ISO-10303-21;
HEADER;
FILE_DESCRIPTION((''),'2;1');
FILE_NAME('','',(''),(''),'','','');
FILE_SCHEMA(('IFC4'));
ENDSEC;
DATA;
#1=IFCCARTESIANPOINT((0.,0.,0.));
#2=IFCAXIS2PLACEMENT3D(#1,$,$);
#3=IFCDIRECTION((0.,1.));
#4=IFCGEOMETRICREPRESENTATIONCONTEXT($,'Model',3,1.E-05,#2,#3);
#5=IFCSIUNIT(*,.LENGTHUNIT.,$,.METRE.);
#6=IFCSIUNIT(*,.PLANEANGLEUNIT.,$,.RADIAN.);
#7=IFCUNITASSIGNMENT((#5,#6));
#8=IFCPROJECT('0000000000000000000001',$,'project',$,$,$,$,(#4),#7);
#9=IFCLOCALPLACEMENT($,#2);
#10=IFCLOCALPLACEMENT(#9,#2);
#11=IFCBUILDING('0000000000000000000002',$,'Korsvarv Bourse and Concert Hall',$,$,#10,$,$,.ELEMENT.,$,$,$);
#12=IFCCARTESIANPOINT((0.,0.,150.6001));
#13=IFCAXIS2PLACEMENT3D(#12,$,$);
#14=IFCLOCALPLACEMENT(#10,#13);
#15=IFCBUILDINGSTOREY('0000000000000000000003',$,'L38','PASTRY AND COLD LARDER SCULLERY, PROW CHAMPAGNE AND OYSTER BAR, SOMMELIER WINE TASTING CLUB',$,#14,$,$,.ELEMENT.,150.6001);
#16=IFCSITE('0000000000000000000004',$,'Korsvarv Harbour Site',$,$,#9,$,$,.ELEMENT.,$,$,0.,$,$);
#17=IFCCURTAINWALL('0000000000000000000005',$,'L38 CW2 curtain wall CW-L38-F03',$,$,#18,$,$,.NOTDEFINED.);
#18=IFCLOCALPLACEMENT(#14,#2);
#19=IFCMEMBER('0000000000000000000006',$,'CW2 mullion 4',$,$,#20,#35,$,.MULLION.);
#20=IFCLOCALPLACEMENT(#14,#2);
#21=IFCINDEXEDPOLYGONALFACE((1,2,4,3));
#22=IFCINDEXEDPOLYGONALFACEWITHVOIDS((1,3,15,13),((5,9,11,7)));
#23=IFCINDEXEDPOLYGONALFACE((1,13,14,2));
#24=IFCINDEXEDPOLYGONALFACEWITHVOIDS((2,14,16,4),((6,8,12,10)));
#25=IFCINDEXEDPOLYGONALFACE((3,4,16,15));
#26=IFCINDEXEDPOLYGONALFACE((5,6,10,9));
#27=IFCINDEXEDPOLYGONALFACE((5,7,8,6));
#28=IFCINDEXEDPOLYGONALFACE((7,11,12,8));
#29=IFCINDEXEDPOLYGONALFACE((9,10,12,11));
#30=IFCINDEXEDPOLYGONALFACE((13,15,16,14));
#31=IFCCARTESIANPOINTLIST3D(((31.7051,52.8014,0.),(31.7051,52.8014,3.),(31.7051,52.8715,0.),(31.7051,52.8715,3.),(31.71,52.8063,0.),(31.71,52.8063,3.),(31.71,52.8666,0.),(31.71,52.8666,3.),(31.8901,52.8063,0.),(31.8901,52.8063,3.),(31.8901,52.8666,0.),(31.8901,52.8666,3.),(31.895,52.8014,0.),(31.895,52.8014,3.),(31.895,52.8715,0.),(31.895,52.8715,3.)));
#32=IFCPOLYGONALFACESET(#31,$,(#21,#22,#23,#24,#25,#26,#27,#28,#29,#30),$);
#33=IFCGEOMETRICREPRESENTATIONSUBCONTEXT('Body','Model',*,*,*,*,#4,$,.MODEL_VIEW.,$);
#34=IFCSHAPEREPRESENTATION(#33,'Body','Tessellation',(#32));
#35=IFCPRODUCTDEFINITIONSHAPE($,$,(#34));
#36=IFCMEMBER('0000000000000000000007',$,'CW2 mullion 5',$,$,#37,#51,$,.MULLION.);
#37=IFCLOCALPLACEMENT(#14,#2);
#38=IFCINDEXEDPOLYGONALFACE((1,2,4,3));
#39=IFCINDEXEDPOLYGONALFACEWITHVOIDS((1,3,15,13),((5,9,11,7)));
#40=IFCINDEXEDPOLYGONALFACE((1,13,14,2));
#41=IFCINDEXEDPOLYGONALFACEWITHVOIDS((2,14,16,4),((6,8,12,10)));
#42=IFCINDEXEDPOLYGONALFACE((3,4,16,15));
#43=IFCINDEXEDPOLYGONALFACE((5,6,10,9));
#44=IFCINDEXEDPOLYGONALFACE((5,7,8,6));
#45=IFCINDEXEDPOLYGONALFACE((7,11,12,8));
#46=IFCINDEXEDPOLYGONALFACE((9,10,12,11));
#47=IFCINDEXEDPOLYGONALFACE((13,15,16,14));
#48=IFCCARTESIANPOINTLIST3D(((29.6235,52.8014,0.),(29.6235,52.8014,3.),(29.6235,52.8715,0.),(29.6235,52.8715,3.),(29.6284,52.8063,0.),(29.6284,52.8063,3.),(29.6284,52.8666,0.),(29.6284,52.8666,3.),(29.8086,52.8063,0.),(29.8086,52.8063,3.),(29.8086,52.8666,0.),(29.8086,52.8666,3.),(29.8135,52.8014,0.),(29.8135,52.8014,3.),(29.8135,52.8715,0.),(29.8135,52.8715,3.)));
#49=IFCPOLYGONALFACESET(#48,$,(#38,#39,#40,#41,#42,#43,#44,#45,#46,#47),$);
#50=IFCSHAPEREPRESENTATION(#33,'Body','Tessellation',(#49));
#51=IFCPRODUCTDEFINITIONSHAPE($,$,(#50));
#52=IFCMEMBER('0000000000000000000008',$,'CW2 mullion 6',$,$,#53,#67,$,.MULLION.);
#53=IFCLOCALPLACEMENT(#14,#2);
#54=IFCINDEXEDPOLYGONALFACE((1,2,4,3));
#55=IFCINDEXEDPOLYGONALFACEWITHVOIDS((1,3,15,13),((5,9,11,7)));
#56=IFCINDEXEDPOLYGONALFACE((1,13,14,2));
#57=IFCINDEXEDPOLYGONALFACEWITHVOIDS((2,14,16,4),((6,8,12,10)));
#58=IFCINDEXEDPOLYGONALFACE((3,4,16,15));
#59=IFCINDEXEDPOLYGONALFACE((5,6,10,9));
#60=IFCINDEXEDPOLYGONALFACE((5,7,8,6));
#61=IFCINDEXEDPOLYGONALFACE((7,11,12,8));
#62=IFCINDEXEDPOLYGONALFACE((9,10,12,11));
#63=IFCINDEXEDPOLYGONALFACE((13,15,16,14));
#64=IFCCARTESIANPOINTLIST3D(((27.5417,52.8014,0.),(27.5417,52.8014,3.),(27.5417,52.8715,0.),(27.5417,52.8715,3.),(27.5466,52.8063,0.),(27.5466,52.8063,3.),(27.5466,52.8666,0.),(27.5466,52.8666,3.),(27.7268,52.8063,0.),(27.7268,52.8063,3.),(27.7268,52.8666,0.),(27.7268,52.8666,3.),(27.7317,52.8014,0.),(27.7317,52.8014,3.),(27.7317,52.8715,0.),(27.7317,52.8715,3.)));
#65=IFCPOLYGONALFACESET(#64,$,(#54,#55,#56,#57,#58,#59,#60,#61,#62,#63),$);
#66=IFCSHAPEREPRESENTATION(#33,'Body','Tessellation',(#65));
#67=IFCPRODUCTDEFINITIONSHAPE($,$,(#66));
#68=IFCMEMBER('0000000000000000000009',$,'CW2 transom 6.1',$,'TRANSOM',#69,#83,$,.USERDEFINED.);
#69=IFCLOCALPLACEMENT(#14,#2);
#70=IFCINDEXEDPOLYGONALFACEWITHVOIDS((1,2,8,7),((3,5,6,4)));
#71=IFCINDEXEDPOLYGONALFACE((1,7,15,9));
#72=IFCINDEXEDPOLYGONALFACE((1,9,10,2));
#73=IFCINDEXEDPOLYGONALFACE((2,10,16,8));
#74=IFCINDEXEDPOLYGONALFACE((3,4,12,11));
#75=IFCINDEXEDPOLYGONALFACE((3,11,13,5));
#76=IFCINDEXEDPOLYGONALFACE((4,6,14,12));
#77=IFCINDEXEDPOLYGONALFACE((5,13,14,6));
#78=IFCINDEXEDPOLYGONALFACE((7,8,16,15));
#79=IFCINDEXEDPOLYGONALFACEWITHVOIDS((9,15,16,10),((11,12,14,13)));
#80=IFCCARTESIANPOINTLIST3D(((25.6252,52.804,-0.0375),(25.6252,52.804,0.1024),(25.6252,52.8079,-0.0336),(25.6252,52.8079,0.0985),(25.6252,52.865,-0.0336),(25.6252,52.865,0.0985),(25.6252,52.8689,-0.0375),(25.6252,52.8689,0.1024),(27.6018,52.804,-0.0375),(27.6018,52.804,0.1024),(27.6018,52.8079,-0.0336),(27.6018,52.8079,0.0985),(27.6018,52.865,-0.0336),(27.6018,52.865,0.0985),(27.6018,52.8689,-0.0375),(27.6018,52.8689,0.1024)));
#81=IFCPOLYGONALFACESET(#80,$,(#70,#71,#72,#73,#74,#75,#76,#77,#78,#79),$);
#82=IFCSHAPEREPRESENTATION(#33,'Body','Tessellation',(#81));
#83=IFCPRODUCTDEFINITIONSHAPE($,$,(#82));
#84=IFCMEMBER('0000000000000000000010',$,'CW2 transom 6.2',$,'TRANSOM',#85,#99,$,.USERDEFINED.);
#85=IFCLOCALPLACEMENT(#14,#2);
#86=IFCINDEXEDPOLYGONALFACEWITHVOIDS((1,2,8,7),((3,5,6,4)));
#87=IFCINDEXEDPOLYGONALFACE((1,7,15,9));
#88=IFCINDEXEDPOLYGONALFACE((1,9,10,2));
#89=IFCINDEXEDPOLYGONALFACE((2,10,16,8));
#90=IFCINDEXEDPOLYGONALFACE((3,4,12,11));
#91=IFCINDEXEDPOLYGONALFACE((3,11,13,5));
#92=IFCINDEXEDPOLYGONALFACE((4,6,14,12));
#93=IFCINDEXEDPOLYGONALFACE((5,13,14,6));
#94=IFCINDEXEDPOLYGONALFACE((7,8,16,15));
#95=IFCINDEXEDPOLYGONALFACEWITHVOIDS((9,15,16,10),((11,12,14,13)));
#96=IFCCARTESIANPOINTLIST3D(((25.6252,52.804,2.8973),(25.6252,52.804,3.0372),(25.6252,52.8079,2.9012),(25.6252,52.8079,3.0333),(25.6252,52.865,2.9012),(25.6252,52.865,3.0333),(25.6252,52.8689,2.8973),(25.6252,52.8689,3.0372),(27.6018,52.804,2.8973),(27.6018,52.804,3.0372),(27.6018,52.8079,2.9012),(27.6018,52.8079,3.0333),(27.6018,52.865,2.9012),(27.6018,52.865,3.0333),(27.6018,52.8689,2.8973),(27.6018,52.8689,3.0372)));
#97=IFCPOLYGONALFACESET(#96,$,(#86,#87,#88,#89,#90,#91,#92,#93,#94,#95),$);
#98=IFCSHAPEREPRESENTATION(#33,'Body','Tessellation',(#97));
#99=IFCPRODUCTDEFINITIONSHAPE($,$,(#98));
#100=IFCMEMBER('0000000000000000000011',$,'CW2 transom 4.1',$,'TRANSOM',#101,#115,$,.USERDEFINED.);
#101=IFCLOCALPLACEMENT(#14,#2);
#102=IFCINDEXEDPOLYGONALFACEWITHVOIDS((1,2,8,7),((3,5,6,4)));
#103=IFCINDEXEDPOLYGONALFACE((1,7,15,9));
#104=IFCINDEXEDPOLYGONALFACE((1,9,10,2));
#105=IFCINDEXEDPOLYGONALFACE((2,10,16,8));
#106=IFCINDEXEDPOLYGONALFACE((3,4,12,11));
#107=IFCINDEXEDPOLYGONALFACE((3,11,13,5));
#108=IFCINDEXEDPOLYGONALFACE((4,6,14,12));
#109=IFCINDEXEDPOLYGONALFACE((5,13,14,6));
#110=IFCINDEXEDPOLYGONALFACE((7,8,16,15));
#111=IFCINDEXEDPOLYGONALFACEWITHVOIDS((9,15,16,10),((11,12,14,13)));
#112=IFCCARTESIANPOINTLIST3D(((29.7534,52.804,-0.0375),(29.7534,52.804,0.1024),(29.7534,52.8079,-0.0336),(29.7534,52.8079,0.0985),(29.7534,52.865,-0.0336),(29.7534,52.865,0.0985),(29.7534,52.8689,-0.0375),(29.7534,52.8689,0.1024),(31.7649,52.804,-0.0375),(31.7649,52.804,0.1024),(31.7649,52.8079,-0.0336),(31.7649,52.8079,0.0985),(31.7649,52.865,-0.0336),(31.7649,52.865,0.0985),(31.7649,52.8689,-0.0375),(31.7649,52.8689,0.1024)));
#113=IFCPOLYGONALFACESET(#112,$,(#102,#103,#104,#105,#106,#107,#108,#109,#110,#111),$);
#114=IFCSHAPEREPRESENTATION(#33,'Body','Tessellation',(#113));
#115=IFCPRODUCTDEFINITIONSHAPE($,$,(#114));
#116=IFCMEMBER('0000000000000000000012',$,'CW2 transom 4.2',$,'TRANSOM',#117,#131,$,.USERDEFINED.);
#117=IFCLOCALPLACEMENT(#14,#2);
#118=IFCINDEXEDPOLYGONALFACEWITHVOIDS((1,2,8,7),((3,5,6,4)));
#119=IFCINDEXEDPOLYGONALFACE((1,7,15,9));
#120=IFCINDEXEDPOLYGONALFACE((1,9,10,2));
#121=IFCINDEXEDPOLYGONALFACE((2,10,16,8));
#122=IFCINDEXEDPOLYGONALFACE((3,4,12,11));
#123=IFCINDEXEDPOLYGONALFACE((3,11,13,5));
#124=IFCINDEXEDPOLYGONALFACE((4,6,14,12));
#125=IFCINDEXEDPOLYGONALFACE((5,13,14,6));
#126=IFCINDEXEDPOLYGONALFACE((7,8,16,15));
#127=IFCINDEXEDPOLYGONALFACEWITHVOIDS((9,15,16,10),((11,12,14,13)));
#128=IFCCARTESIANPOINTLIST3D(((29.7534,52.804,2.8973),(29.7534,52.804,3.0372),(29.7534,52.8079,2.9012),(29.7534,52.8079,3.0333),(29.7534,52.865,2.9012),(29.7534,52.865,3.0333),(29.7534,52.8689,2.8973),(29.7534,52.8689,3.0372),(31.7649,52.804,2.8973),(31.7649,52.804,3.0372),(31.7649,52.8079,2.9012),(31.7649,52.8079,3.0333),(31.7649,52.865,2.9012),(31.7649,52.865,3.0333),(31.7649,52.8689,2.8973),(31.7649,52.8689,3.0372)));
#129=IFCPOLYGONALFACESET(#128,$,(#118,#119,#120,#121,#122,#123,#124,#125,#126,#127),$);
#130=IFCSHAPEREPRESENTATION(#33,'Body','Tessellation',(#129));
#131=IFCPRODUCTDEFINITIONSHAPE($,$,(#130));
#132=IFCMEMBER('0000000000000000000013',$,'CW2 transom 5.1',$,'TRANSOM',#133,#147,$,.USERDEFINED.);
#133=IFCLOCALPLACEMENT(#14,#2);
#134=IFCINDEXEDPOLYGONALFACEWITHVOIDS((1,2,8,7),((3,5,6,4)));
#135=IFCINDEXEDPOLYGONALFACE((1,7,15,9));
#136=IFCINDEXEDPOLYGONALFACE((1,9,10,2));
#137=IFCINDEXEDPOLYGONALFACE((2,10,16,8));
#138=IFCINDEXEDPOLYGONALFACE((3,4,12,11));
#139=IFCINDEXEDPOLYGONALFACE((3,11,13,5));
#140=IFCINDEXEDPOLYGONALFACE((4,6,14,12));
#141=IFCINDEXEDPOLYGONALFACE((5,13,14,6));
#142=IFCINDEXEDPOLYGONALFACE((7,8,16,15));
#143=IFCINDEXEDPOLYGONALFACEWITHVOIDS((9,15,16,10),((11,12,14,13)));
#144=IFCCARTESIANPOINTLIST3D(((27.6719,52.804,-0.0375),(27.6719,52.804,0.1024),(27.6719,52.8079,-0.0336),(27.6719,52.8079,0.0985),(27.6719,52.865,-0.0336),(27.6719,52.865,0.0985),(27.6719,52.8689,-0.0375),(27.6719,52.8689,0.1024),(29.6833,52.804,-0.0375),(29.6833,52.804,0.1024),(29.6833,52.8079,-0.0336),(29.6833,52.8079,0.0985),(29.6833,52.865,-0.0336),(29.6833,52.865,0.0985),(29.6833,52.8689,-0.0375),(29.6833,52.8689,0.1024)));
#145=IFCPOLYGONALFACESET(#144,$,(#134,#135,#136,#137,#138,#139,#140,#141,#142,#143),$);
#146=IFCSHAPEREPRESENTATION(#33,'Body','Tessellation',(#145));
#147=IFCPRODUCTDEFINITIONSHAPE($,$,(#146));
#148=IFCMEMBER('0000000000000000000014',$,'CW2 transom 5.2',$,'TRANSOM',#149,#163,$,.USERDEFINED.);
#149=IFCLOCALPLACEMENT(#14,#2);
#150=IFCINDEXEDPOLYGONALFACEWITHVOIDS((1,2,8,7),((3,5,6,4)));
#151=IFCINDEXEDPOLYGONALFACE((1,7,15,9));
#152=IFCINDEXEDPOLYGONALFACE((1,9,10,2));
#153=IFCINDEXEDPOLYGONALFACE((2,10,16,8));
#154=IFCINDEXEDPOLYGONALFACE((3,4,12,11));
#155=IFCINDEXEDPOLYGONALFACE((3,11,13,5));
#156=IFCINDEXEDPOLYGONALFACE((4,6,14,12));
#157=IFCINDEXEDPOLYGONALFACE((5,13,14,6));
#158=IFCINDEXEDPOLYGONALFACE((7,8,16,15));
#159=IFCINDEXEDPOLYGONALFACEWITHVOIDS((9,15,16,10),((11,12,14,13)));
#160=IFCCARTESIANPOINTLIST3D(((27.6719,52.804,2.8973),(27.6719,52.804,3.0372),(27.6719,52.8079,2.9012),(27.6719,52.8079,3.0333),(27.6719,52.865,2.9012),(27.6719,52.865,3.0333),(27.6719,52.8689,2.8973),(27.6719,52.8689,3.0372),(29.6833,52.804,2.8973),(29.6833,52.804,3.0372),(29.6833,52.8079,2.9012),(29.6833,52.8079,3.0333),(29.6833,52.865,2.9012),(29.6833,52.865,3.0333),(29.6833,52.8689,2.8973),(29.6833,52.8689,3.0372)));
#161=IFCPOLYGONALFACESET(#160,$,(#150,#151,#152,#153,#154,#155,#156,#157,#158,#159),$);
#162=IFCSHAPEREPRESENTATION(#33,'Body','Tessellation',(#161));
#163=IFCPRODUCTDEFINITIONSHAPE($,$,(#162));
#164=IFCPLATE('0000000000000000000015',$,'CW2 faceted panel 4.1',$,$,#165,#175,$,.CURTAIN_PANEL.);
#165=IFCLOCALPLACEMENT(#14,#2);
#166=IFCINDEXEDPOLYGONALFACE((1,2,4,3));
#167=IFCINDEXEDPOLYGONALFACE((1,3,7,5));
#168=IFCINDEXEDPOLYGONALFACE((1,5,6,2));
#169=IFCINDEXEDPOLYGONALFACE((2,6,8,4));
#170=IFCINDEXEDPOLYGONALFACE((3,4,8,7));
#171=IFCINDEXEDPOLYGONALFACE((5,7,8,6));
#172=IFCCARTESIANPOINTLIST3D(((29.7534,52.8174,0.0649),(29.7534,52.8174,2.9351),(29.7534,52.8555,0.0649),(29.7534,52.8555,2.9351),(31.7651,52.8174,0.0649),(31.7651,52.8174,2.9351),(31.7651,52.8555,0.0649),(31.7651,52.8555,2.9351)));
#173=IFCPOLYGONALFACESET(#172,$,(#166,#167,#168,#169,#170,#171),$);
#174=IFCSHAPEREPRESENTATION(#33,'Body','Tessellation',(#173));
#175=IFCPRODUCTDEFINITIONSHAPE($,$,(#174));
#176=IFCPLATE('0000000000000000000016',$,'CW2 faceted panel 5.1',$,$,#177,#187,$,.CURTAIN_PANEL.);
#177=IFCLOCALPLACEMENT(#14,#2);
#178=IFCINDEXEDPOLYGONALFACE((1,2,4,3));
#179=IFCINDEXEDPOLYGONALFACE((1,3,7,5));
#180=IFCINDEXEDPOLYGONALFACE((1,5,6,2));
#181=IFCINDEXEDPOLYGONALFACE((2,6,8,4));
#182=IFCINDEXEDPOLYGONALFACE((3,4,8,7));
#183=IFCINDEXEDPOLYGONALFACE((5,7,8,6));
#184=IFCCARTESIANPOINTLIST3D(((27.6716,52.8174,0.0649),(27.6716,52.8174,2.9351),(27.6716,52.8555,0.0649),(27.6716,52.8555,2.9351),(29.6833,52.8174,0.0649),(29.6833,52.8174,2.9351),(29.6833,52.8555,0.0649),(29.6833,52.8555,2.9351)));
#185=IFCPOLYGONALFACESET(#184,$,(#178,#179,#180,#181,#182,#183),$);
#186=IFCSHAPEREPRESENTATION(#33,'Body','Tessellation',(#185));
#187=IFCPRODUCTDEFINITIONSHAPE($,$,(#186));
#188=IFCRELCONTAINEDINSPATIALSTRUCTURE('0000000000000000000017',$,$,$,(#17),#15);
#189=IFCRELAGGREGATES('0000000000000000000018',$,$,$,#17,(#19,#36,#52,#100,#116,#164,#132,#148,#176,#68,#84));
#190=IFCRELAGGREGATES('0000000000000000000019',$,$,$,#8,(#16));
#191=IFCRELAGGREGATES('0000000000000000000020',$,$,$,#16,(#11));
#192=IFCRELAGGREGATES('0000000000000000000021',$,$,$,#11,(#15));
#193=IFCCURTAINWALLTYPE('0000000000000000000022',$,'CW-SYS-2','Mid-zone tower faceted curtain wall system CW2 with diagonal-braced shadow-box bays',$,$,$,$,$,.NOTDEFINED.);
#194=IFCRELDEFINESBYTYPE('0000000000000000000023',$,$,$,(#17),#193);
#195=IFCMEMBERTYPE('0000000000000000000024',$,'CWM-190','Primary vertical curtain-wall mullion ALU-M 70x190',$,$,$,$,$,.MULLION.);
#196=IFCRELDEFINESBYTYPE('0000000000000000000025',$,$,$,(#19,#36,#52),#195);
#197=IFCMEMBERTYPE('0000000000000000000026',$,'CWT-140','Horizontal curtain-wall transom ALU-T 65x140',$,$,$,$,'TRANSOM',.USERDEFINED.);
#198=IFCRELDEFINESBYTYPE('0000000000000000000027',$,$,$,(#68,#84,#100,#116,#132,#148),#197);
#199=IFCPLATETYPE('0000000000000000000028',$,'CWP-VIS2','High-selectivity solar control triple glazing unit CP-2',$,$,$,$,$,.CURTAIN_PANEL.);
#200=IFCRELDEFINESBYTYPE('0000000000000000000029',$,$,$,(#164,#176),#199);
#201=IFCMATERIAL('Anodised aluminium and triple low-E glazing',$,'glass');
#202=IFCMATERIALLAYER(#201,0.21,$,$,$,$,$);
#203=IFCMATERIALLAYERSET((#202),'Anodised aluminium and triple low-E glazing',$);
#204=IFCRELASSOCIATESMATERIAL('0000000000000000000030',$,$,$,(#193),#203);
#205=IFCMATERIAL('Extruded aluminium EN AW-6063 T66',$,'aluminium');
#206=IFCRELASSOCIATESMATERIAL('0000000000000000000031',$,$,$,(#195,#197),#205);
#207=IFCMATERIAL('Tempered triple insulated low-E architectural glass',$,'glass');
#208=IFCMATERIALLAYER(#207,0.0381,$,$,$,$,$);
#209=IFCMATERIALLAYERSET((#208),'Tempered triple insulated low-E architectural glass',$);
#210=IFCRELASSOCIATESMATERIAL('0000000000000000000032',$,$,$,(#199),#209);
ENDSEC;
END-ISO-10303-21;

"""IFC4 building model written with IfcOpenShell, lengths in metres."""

from ifc_helpers import new_model, si_unit, direction, frame, origin, origin_2d, place, context, subcontext, project, spatial, rectangle, hollow_rectangle, extrude, source, transform, mapped, material, layer, layer_set, material_profile, profile_set, type_object, element, aggregate, save


model = new_model("IFC4")

# Units and contexts
model_context = context("Model", 3, precision=1e-05, world=origin(), true_north=direction((0.0, 1.0)))
body_context = subcontext(model_context, "Body", "Model", "MODEL_VIEW")
ifc_project = project(units=[si_unit("LENGTHUNIT", "METRE"), si_unit("PLANEANGLEUNIT", "RADIAN")], contexts=[model_context])

# Site, building, storey
site_placement = place(None, origin())
site = spatial("IfcSite", under=ifc_project, at=site_placement, Name="Korsvarv Harbour Site", CompositionType="ELEMENT", RefElevation=0.0)
building_placement = place(site_placement, origin())
building = spatial("IfcBuilding", under=site, at=building_placement, Name="Korsvarv Bourse and Concert Hall", CompositionType="ELEMENT")
storey_placement = place(building_placement, frame((0.0, 0.0, 150.6001)))
storey = spatial("IfcBuildingStorey", under=building, at=storey_placement, Name="L38", Description="PASTRY AND COLD LARDER SCULLERY, PROW CHAMPAGNE AND OYSTER BAR, SOMMELIER WINE TASTING CLUB", CompositionType="ELEMENT", Elevation=150.6001)

# Curtain wall, members, plates
ifc_material_1 = material(Name="Anodised aluminium and triple low-E glazing", Category="glass")
ifc_layer_1 = layer(ifc_material_1, 0.21)
ifc_layer_set_1 = layer_set([ifc_layer_1], Name="Anodised aluminium and triple low-E glazing")
curtain_wall_type = type_object("IfcCurtainWallType", Name="CW-SYS-2", Description="Mid-zone tower faceted curtain wall system CW2 with diagonal-braced shadow-box bays", PredefinedType="NOTDEFINED", material=ifc_layer_set_1)
curtain_wall_placement = place(storey_placement, origin())
curtain_wall = element("IfcCurtainWall", 1, at=curtain_wall_placement, inside=storey, type_object=curtain_wall_type, Name="L38 CW2 curtain wall CW-L38-F03", PredefinedType="NOTDEFINED")
ifc_material_2 = material(Name="Extruded aluminium EN AW-6063 T66", Category="aluminium")
ifc_material_profile_1 = material_profile(ifc_material_2, hollow_rectangle(XDim=0.0701, YDim=0.1899, WallThickness=0.0049, at=origin_2d()), Name="ALU-M 70x190")
ifc_profile_set_1 = profile_set([ifc_material_profile_1], Name="Extruded aluminium EN AW-6063 T66")
member_type_1 = type_object("IfcMemberType", Name="CWM-190", Description="Primary vertical curtain-wall mullion ALU-M 70x190", PredefinedType="MULLION", material=ifc_profile_set_1)
shared_shape_1 = source(origin(), body_context, "Body", "SweptSolid", [
    extrude(hollow_rectangle(XDim=0.0701, YDim=0.1899, WallThickness=0.0049, at=origin_2d()), origin(), (0.0, 0.0, 1.0), 3.0),
])
member_1_placement = place(storey_placement, frame((31.8, 52.8364, 0.0), z_axis=(0.0, 0.0, 1.0), x_axis=(0.0, -1.0, 0.0)))
member_1 = element("IfcMember", 2, at=member_1_placement, type_object=member_type_1, Name="CW2 mullion 4", PredefinedType="MULLION", context=body_context, shape_type="MappedRepresentation", body=[
    mapped(shared_shape_1, transform((0.0, 0.0, 0.0), scale=1.0)),
])
member_2_placement = place(storey_placement, frame((29.7185, 52.8364, 0.0), z_axis=(0.0, 0.0, 1.0), x_axis=(0.0, -1.0, 0.0)))
member_2 = element("IfcMember", 3, at=member_2_placement, type_object=member_type_1, Name="CW2 mullion 5", PredefinedType="MULLION", context=body_context, shape_type="MappedRepresentation", body=[
    mapped(shared_shape_1, transform((0.0, 0.0, 0.0), scale=1.0)),
])
member_3_placement = place(storey_placement, frame((27.6367, 52.8364, 0.0), z_axis=(0.0, 0.0, 1.0), x_axis=(0.0, -1.0, 0.0)))
member_3 = element("IfcMember", 4, at=member_3_placement, type_object=member_type_1, Name="CW2 mullion 6", PredefinedType="MULLION", context=body_context, shape_type="MappedRepresentation", body=[
    mapped(shared_shape_1, transform((0.0, 0.0, 0.0), scale=1.0)),
])
ifc_material_profile_2 = material_profile(ifc_material_2, hollow_rectangle(XDim=0.0649, YDim=0.1399, WallThickness=0.0039, at=origin_2d()), Name="ALU-T 65x140")
ifc_profile_set_2 = profile_set([ifc_material_profile_2], Name="Extruded aluminium EN AW-6063 T66")
member_type_2 = type_object("IfcMemberType", Name="CWT-140", Description="Horizontal curtain-wall transom ALU-T 65x140", ElementType="TRANSOM", PredefinedType="USERDEFINED", material=ifc_profile_set_2)
shared_shape_2 = source(origin(), body_context, "Body", "SweptSolid", [
    extrude(hollow_rectangle(XDim=0.0649, YDim=0.1399, WallThickness=0.0039, at=origin_2d()), origin(), (0.0, 0.0, 1.0), 1.9766),
])
member_4_placement = place(storey_placement, frame((27.6018, 52.8364, 0.0325), z_axis=(-1.0, 0.0, 0.0), x_axis=(0.0, -1.0, 0.0)))
member_4 = element("IfcMember", 5, at=member_4_placement, type_object=member_type_2, Name="CW2 transom 6.1", ObjectType="TRANSOM", PredefinedType="USERDEFINED", context=body_context, shape_type="MappedRepresentation", body=[
    mapped(shared_shape_2, transform((0.0, 0.0, 0.0), scale=1.0)),
])
member_5_placement = place(storey_placement, frame((27.6018, 52.8364, 2.9673), z_axis=(-1.0, 0.0, 0.0), x_axis=(0.0, -1.0, 0.0)))
member_5 = element("IfcMember", 6, at=member_5_placement, type_object=member_type_2, Name="CW2 transom 6.2", ObjectType="TRANSOM", PredefinedType="USERDEFINED", context=body_context, shape_type="MappedRepresentation", body=[
    mapped(shared_shape_2, transform((0.0, 0.0, 0.0), scale=1.0)),
])
shared_shape_3 = source(origin(), body_context, "Body", "SweptSolid", [
    extrude(hollow_rectangle(XDim=0.0649, YDim=0.1399, WallThickness=0.0039, at=origin_2d()), origin(), (0.0, 0.0, 1.0), 2.0115),
])
member_6_placement = place(storey_placement, frame((31.7649, 52.8364, 0.0325), z_axis=(-1.0, 0.0, 0.0), x_axis=(0.0, -1.0, 0.0)))
member_6 = element("IfcMember", 7, at=member_6_placement, type_object=member_type_2, Name="CW2 transom 4.1", ObjectType="TRANSOM", PredefinedType="USERDEFINED", context=body_context, shape_type="MappedRepresentation", body=[
    mapped(shared_shape_3, transform((0.0, 0.0, 0.0), scale=1.0)),
])
member_7_placement = place(storey_placement, frame((31.7649, 52.8364, 2.9673), z_axis=(-1.0, 0.0, 0.0), x_axis=(0.0, -1.0, 0.0)))
member_7 = element("IfcMember", 8, at=member_7_placement, type_object=member_type_2, Name="CW2 transom 4.2", ObjectType="TRANSOM", PredefinedType="USERDEFINED", context=body_context, shape_type="MappedRepresentation", body=[
    mapped(shared_shape_3, transform((0.0, 0.0, 0.0), scale=1.0)),
])
member_8_placement = place(storey_placement, frame((29.6833, 52.8364, 0.0325), z_axis=(-1.0, 0.0, 0.0), x_axis=(0.0, -1.0, 0.0)))
member_8 = element("IfcMember", 9, at=member_8_placement, type_object=member_type_2, Name="CW2 transom 5.1", ObjectType="TRANSOM", PredefinedType="USERDEFINED", context=body_context, shape_type="MappedRepresentation", body=[
    mapped(shared_shape_3, transform((0.0, 0.0, 0.0), scale=1.0)),
])
member_9_placement = place(storey_placement, frame((29.6833, 52.8364, 2.9673), z_axis=(-1.0, 0.0, 0.0), x_axis=(0.0, -1.0, 0.0)))
member_9 = element("IfcMember", 10, at=member_9_placement, type_object=member_type_2, Name="CW2 transom 5.2", ObjectType="TRANSOM", PredefinedType="USERDEFINED", context=body_context, shape_type="MappedRepresentation", body=[
    mapped(shared_shape_3, transform((0.0, 0.0, 0.0), scale=1.0)),
])
ifc_material_3 = material(Name="Tempered triple insulated low-E architectural glass", Category="glass")
ifc_layer_2 = layer(ifc_material_3, 0.0381)
ifc_layer_set_2 = layer_set([ifc_layer_2], Name="Tempered triple insulated low-E architectural glass")
plate_type = type_object("IfcPlateType", Name="CWP-VIS2", Description="High-selectivity solar control triple glazing unit CP-2", PredefinedType="CURTAIN_PANEL", material=ifc_layer_set_2)
shared_shape_4 = source(origin(), body_context, "Body", "SweptSolid", [
    extrude(rectangle(XDim=2.0117, YDim=0.0381, at=origin_2d()), origin(), (0.0, 0.0, 1.0), 2.8701),
])
plate_1_placement = place(storey_placement, frame((30.7593, 52.8364, 0.0649), z_axis=(0.0, 0.0, 1.0), x_axis=(-1.0, 0.0, 0.0)))
plate_1 = element("IfcPlate", 11, at=plate_1_placement, type_object=plate_type, Name="CW2 faceted panel 4.1", PredefinedType="CURTAIN_PANEL", context=body_context, shape_type="MappedRepresentation", body=[
    mapped(shared_shape_4, transform((0.0, 0.0, 0.0), scale=1.0)),
])
plate_2_placement = place(storey_placement, frame((28.6775, 52.8364, 0.0649), z_axis=(0.0, 0.0, 1.0), x_axis=(-1.0, 0.0, 0.0)))
plate_2 = element("IfcPlate", 12, at=plate_2_placement, type_object=plate_type, Name="CW2 faceted panel 5.1", PredefinedType="CURTAIN_PANEL", context=body_context, shape_type="MappedRepresentation", body=[
    mapped(shared_shape_4, transform((0.0, 0.0, 0.0), scale=1.0)),
])
aggregate(curtain_wall, [member_1, member_2, member_3, member_6, member_7, plate_1, member_8, member_9, plate_2, member_4, member_5])

save(model, "model.ifc")
